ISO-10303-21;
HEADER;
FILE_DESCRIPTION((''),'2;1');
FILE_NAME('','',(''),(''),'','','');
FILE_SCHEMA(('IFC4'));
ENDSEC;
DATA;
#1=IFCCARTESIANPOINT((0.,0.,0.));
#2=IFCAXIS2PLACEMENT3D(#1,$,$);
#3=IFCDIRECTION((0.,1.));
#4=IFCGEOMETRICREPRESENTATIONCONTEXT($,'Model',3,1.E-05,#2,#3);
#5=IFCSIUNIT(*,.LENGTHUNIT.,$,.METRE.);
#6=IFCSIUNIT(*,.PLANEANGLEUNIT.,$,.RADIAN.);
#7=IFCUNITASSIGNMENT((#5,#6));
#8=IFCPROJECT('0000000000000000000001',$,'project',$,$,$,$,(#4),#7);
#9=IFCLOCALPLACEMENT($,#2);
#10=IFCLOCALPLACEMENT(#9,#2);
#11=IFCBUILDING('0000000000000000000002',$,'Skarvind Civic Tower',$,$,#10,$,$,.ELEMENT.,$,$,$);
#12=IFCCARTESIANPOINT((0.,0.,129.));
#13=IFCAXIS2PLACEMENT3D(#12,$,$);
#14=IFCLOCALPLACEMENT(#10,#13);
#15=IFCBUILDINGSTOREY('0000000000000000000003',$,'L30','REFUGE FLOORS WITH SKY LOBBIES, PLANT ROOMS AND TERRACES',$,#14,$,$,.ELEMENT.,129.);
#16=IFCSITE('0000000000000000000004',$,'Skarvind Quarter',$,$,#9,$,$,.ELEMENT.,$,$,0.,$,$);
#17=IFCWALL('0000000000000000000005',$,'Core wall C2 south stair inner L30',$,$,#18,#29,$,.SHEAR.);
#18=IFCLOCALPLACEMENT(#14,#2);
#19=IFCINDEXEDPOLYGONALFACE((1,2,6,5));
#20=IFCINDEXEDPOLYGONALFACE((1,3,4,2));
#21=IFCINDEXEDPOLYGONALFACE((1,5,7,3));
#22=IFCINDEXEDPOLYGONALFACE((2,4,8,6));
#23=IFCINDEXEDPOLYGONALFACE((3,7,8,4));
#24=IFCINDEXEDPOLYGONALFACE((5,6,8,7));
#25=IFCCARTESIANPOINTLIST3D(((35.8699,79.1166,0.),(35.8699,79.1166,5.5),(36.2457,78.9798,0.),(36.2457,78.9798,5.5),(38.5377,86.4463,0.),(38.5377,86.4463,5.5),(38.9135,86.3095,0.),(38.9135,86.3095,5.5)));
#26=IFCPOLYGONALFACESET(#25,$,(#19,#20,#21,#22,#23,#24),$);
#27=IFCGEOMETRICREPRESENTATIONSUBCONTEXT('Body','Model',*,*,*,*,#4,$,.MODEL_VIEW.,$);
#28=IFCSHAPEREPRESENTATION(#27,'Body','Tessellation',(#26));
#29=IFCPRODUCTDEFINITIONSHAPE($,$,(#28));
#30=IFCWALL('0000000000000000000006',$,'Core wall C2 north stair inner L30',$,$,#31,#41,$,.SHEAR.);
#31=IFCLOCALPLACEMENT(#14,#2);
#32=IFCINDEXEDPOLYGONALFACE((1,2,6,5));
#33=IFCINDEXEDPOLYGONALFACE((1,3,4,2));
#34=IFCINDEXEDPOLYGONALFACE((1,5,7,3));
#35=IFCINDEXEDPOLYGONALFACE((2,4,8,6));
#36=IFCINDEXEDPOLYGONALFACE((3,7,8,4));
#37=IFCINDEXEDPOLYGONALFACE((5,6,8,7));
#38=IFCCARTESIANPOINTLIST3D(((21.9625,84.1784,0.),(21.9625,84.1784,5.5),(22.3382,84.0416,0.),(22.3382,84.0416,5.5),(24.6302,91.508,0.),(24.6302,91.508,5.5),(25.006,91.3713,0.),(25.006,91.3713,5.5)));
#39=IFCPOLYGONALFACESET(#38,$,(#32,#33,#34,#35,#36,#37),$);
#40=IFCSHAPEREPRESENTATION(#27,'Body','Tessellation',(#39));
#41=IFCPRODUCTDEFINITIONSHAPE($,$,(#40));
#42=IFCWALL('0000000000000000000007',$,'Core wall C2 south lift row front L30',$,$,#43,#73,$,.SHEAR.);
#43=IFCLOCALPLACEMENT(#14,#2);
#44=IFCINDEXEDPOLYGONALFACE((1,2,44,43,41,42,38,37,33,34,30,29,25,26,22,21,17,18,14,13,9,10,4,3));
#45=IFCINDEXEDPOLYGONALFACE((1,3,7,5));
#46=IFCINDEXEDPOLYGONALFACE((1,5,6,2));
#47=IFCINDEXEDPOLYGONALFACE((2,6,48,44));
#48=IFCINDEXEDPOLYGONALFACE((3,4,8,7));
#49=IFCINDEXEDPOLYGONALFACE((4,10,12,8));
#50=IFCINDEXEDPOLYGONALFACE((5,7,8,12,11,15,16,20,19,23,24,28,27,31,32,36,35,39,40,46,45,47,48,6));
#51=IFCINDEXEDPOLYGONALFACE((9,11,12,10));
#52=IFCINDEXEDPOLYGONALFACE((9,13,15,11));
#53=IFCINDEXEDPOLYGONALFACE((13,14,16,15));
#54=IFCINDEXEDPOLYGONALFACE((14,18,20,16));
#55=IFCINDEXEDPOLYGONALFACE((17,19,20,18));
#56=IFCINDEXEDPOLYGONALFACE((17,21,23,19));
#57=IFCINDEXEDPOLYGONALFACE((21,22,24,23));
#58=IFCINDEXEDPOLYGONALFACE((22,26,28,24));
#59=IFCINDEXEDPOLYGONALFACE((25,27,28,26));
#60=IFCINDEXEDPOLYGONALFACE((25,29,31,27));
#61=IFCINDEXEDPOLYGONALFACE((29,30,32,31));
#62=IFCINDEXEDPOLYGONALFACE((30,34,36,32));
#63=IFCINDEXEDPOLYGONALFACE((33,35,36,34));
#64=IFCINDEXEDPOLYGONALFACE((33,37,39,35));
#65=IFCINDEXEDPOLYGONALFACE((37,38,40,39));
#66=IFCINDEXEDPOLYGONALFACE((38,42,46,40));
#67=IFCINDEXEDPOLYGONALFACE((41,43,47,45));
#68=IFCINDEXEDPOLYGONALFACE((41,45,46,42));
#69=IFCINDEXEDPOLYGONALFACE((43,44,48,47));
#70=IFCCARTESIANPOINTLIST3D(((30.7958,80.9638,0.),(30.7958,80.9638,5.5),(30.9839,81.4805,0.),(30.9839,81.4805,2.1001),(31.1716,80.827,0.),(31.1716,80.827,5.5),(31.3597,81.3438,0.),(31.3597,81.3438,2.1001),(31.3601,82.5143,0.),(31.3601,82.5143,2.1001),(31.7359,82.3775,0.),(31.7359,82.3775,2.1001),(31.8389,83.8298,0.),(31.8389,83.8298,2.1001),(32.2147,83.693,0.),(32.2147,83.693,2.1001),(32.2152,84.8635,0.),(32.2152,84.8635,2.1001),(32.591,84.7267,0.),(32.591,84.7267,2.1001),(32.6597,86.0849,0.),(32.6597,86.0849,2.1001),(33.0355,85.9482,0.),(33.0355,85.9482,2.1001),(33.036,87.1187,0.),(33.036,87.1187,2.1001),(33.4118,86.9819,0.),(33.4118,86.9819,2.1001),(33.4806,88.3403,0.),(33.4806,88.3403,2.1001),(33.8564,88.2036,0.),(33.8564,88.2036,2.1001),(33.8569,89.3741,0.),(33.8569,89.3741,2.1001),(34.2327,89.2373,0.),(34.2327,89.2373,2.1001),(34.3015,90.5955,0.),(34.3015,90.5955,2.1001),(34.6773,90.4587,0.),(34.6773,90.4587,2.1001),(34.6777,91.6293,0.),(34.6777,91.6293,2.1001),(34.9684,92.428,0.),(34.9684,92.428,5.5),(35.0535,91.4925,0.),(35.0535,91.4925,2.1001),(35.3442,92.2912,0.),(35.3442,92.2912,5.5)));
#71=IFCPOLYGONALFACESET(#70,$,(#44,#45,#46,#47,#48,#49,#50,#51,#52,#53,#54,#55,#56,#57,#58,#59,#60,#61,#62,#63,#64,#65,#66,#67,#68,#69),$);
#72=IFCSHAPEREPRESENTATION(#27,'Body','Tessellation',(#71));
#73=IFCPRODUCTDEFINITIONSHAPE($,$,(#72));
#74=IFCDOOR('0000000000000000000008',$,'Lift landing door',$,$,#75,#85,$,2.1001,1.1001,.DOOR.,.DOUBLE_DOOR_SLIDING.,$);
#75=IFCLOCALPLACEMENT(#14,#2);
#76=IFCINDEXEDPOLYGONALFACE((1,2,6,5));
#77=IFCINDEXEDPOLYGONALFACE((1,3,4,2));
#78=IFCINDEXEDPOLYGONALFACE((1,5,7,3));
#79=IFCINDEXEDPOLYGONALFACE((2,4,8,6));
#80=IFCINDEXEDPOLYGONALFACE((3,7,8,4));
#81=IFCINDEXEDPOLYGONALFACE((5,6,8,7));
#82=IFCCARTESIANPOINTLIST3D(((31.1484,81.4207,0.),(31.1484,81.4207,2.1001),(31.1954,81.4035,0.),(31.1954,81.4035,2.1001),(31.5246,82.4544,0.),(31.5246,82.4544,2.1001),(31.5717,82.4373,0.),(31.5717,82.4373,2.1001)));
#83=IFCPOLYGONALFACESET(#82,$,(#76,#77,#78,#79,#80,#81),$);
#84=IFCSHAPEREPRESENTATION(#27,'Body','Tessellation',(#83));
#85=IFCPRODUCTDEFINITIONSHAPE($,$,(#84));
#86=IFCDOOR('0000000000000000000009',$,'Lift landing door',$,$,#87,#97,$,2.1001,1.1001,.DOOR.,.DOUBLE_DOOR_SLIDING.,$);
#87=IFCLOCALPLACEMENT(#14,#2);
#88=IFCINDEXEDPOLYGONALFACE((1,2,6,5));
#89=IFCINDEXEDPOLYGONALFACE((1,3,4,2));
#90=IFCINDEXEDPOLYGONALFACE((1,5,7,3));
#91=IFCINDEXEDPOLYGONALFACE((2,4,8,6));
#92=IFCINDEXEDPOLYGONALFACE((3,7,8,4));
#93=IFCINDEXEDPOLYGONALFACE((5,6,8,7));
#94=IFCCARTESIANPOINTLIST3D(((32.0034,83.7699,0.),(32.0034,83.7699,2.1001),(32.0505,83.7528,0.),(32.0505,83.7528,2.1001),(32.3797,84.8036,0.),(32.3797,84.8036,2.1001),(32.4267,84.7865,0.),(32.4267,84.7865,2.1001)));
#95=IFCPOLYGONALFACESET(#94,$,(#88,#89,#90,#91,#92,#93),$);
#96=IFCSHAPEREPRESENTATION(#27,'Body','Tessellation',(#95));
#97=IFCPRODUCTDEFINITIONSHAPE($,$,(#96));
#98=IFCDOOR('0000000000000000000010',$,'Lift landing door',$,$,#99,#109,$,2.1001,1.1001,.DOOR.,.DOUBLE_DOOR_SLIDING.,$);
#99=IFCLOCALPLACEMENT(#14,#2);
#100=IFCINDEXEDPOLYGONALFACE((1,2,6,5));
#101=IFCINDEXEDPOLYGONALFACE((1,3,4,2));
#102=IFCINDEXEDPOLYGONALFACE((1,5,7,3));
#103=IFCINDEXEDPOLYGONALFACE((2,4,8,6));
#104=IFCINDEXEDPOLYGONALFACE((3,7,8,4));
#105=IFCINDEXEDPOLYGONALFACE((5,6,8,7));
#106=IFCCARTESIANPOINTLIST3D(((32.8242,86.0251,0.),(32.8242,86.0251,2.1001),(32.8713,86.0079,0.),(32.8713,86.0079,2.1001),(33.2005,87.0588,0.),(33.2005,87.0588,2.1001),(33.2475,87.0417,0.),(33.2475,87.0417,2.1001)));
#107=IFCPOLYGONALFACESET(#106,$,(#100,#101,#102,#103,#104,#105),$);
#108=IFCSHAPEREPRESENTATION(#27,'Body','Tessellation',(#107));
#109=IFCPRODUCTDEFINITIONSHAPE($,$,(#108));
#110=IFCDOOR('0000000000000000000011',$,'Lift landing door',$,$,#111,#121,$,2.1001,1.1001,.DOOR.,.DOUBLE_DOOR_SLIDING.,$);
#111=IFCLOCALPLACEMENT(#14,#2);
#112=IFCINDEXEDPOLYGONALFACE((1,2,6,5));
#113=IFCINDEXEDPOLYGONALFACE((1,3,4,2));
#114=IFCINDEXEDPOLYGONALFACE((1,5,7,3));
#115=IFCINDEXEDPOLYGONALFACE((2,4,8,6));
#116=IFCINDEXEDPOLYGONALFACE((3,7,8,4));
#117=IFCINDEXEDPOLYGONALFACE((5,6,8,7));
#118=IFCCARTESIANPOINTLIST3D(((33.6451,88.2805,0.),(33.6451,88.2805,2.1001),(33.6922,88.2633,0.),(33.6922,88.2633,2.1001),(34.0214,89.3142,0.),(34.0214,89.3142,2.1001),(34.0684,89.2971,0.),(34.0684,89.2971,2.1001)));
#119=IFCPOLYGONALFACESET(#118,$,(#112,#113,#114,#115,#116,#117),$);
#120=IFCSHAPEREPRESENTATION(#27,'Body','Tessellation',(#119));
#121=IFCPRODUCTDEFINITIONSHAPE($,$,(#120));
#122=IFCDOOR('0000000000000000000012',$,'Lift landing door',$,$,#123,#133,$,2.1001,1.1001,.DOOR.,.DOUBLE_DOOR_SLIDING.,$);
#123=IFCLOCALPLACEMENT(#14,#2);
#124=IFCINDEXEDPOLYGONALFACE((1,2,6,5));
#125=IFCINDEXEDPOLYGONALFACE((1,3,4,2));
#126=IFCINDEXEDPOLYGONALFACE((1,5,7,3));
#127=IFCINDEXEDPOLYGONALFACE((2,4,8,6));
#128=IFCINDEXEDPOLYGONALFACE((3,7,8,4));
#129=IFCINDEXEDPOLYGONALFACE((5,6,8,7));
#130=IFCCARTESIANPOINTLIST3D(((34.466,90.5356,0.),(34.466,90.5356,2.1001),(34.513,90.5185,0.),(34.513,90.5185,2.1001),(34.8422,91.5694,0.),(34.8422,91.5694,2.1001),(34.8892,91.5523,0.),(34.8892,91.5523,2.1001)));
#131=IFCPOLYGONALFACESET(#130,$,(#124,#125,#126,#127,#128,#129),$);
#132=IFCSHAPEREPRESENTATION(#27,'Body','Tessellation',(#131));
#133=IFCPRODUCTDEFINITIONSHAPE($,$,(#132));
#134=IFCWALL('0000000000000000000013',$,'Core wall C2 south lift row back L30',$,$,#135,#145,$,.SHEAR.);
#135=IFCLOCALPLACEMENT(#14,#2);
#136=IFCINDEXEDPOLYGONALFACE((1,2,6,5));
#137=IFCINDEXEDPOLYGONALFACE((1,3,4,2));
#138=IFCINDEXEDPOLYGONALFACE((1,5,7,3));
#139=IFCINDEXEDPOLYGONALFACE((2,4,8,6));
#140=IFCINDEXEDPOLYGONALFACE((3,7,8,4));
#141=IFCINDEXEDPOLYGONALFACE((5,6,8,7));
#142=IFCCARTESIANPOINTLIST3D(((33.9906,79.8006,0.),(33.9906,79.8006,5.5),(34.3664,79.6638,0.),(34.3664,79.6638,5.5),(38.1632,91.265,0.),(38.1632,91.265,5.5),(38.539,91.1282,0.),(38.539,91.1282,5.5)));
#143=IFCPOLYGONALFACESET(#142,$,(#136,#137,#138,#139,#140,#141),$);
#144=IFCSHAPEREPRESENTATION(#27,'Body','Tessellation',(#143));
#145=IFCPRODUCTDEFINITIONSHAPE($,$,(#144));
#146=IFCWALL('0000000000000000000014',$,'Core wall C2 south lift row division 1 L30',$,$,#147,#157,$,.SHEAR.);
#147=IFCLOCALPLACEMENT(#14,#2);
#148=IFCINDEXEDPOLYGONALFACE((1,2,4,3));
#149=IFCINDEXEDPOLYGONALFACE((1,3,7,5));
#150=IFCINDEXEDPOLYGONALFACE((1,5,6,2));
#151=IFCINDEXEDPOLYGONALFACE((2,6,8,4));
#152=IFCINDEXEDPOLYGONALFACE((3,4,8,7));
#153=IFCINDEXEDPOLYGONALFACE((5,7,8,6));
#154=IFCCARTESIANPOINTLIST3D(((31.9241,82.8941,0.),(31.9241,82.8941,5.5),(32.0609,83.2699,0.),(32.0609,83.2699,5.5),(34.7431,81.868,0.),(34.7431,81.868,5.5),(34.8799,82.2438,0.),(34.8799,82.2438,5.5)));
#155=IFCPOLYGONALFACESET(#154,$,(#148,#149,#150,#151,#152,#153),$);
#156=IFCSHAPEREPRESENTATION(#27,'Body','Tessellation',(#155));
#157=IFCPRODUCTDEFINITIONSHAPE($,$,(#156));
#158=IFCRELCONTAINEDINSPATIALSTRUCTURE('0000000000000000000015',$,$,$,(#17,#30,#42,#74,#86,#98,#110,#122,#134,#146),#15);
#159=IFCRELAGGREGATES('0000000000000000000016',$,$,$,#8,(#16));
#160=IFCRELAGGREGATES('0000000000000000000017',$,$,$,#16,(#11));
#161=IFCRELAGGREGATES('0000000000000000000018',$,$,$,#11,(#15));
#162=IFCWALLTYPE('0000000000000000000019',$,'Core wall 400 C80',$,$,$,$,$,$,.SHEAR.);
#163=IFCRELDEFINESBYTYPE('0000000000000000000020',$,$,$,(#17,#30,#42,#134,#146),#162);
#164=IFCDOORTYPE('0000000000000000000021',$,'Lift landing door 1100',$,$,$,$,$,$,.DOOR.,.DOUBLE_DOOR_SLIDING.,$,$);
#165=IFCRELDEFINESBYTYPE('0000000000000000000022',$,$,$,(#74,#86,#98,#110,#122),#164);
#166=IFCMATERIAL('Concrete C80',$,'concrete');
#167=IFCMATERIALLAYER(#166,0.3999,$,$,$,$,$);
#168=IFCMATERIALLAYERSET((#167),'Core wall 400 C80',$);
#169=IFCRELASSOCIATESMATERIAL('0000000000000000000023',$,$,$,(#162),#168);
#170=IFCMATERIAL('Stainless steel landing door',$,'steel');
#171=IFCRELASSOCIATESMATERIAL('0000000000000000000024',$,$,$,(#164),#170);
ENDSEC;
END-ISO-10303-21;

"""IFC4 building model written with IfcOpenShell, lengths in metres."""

from ifc_helpers import new_model, si_unit, direction, frame, frame_2d, origin, place, context, subcontext, project, spatial, rectangle, extrude, material, layer, layer_set, type_object, element, fill, save


model = new_model("IFC4")

# Units and contexts
model_context = context("Model", 3, precision=1e-05, world=origin(), true_north=direction((0.0, 1.0)))
body_context = subcontext(model_context, "Body", "Model", "MODEL_VIEW")
ifc_project = project(units=[si_unit("LENGTHUNIT", "METRE"), si_unit("PLANEANGLEUNIT", "RADIAN")], contexts=[model_context])

# Site, building, storey
site_placement = place(None, origin())
site = spatial("IfcSite", under=ifc_project, at=site_placement, Name="Skarvind Quarter", CompositionType="ELEMENT", RefElevation=0.0)
building_placement = place(site_placement, origin())
building = spatial("IfcBuilding", under=site, at=building_placement, Name="Skarvind Civic Tower", CompositionType="ELEMENT")
storey_placement = place(building_placement, frame((0.0, 0.0, 129.0)))
storey = spatial("IfcBuildingStorey", under=building, at=storey_placement, Name="L30", Description="REFUGE FLOORS WITH SKY LOBBIES, PLANT ROOMS AND TERRACES", CompositionType="ELEMENT", Elevation=129.0)

# Walls
ifc_material_1 = material(Name="Concrete C80", Category="concrete")
ifc_layer_1 = layer(ifc_material_1, 0.3999)
ifc_layer_set_1 = layer_set([ifc_layer_1], Name="Core wall 400 C80")
wall_type_1 = type_object("IfcWallType", Name="Core wall 400 C80", PredefinedType="SHEAR", material=ifc_layer_set_1)
for number, where, z_axis, x_axis, name in (
    (1, (36.0579, 79.0483, 0.0), (0.0, 0.0, 1.0), (0.342017, 0.939694, 0.0), "Core wall C2 south stair inner L30"),
    (2, (22.1504, 84.1101, 0.0), (0.0, 0.0, 1.0), (0.342017, 0.939694, 0.0), "Core wall C2 north stair inner L30"),
):
    element("IfcWall", number, at=place(storey_placement, frame(where, z_axis=z_axis, x_axis=x_axis)), inside=storey, type_object=wall_type_1, Name=name, PredefinedType="SHEAR", context=body_context, shape_type="SweptSolid", body=[
        extrude(rectangle(XDim=7.8, YDim=0.3999, at=frame_2d((3.8999, 0.0))), origin(), (0.0, 0.0, 1.0), 5.5),
    ])

# Wall, openings, doors
wall_1_placement = place(storey_placement, frame((30.9836, 80.8953, 0.0), z_axis=(0.0, 0.0, 1.0), x_axis=(0.342021, 0.939692, 0.0)))
wall_1 = element("IfcWall", 3, at=wall_1_placement, inside=storey, type_object=wall_type_1, Name="Core wall C2 south lift row front L30", PredefinedType="SHEAR", context=body_context, shape_type="SweptSolid", body=[
    extrude(rectangle(XDim=12.2, YDim=0.3999, at=frame_2d((6.1001, 0.0))), origin(), (0.0, 0.0, 1.0), 5.5),
])
opening_1_placement = place(wall_1_placement, frame((0.55, 0.0, 0.0)))
opening_1 = element("IfcOpeningElement", 4, at=opening_1_placement, cuts=wall_1, PredefinedType="OPENING", context=body_context, shape_type="SweptSolid", body=[
    extrude(rectangle(XDim=1.1001, YDim=2.1001, at=frame_2d((0.55, 1.05))), frame((0.0, 0.21, 0.0), z_axis=(0.0, -1.0, 0.0), x_axis=(1.0, 0.0, 0.0)), (0.0, 0.0, 1.0), 0.4199),
])
opening_2_placement = place(wall_1_placement, frame((3.05, 0.0, 0.0)))
opening_2 = element("IfcOpeningElement", 5, at=opening_2_placement, cuts=wall_1, PredefinedType="OPENING", context=body_context, shape_type="SweptSolid", body=[
    extrude(rectangle(XDim=1.1001, YDim=2.1001, at=frame_2d((0.55, 1.05))), frame((0.0, 0.21, 0.0), z_axis=(0.0, -1.0, 0.0), x_axis=(1.0, 0.0, 0.0)), (0.0, 0.0, 1.0), 0.4199),
])
opening_3_placement = place(wall_1_placement, frame((5.45, 0.0, 0.0)))
opening_3 = element("IfcOpeningElement", 6, at=opening_3_placement, cuts=wall_1, PredefinedType="OPENING", context=body_context, shape_type="SweptSolid", body=[
    extrude(rectangle(XDim=1.1001, YDim=2.1001, at=frame_2d((0.55, 1.05))), frame((0.0, 0.21, 0.0), z_axis=(0.0, -1.0, 0.0), x_axis=(1.0, 0.0, 0.0)), (0.0, 0.0, 1.0), 0.4199),
])
opening_4_placement = place(wall_1_placement, frame((7.8501, 0.0, 0.0)))
opening_4 = element("IfcOpeningElement", 7, at=opening_4_placement, cuts=wall_1, PredefinedType="OPENING", context=body_context, shape_type="SweptSolid", body=[
    extrude(rectangle(XDim=1.1001, YDim=2.1001, at=frame_2d((0.55, 1.05))), frame((0.0, 0.21, 0.0), z_axis=(0.0, -1.0, 0.0), x_axis=(1.0, 0.0, 0.0)), (0.0, 0.0, 1.0), 0.4199),
])
opening_5_placement = place(wall_1_placement, frame((10.25, 0.0, 0.0)))
opening_5 = element("IfcOpeningElement", 8, at=opening_5_placement, cuts=wall_1, PredefinedType="OPENING", context=body_context, shape_type="SweptSolid", body=[
    extrude(rectangle(XDim=1.1001, YDim=2.1001, at=frame_2d((0.55, 1.05))), frame((0.0, 0.21, 0.0), z_axis=(0.0, -1.0, 0.0), x_axis=(1.0, 0.0, 0.0)), (0.0, 0.0, 1.0), 0.4199),
])
ifc_material_2 = material(Name="Stainless steel landing door", Category="steel")
door_type = type_object("IfcDoorType", Name="Lift landing door 1100", OperationType="DOUBLE_DOOR_SLIDING", PredefinedType="DOOR", material=ifc_material_2)
door_1_placement = place(opening_1_placement, origin())
door_1 = element("IfcDoor", 9, at=door_1_placement, inside=storey, type_object=door_type, Name="Lift landing door", OperationType="DOUBLE_DOOR_SLIDING", OverallHeight=2.1001, OverallWidth=1.1001, PredefinedType="DOOR", context=body_context, shape_type="SweptSolid", body=[
    extrude(rectangle(XDim=1.1001, YDim=2.1001, at=frame_2d((0.55, 1.05))), frame((0.0, 0.0249, 0.0), z_axis=(0.0, -1.0, 0.0), x_axis=(1.0, 0.0, 0.0)), (0.0, 0.0, 1.0), 0.05),
])
fill(opening_1, door_1)
door_2_placement = place(opening_2_placement, origin())
door_2 = element("IfcDoor", 10, at=door_2_placement, inside=storey, type_object=door_type, Name="Lift landing door", OperationType="DOUBLE_DOOR_SLIDING", OverallHeight=2.1001, OverallWidth=1.1001, PredefinedType="DOOR", context=body_context, shape_type="SweptSolid", body=[
    extrude(rectangle(XDim=1.1001, YDim=2.1001, at=frame_2d((0.55, 1.05))), frame((0.0, 0.0249, 0.0), z_axis=(0.0, -1.0, 0.0), x_axis=(1.0, 0.0, 0.0)), (0.0, 0.0, 1.0), 0.05),
])
fill(opening_2, door_2)
door_3_placement = place(opening_3_placement, origin())
door_3 = element("IfcDoor", 11, at=door_3_placement, inside=storey, type_object=door_type, Name="Lift landing door", OperationType="DOUBLE_DOOR_SLIDING", OverallHeight=2.1001, OverallWidth=1.1001, PredefinedType="DOOR", context=body_context, shape_type="SweptSolid", body=[
    extrude(rectangle(XDim=1.1001, YDim=2.1001, at=frame_2d((0.55, 1.05))), frame((0.0, 0.0249, 0.0), z_axis=(0.0, -1.0, 0.0), x_axis=(1.0, 0.0, 0.0)), (0.0, 0.0, 1.0), 0.05),
])
fill(opening_3, door_3)
door_4_placement = place(opening_4_placement, origin())
door_4 = element("IfcDoor", 12, at=door_4_placement, inside=storey, type_object=door_type, Name="Lift landing door", OperationType="DOUBLE_DOOR_SLIDING", OverallHeight=2.1001, OverallWidth=1.1001, PredefinedType="DOOR", context=body_context, shape_type="SweptSolid", body=[
    extrude(rectangle(XDim=1.1001, YDim=2.1001, at=frame_2d((0.55, 1.05))), frame((0.0, 0.0249, 0.0), z_axis=(0.0, -1.0, 0.0), x_axis=(1.0, 0.0, 0.0)), (0.0, 0.0, 1.0), 0.05),
])
fill(opening_4, door_4)
door_5_placement = place(opening_5_placement, origin())
door_5 = element("IfcDoor", 13, at=door_5_placement, inside=storey, type_object=door_type, Name="Lift landing door", OperationType="DOUBLE_DOOR_SLIDING", OverallHeight=2.1001, OverallWidth=1.1001, PredefinedType="DOOR", context=body_context, shape_type="SweptSolid", body=[
    extrude(rectangle(XDim=1.1001, YDim=2.1001, at=frame_2d((0.55, 1.05))), frame((0.0, 0.0249, 0.0), z_axis=(0.0, -1.0, 0.0), x_axis=(1.0, 0.0, 0.0)), (0.0, 0.0, 1.0), 0.05),
])
fill(opening_5, door_5)

# Walls
wall_2_placement = place(storey_placement, frame((34.1785, 79.7322, 0.0), z_axis=(0.0, 0.0, 1.0), x_axis=(0.342015, 0.939695, 0.0)))
element("IfcWall", 14, at=wall_2_placement, inside=storey, type_object=wall_type_1, Name="Core wall C2 south lift row back L30", PredefinedType="SHEAR", context=body_context, shape_type="SweptSolid", body=[
    extrude(rectangle(XDim=12.2002, YDim=0.3999, at=frame_2d((6.1001, 0.0))), origin(), (0.0, 0.0, 1.0), 5.5),
])
wall_3_placement = place(storey_placement, frame((34.8115, 82.0559, 0.0), z_axis=(0.0, 0.0, 1.0), x_axis=(-0.939686, 0.342037, 0.0)))
element("IfcWall", 15, at=wall_3_placement, inside=storey, type_object=wall_type_1, Name="Core wall C2 south lift row division 1 L30", PredefinedType="SHEAR", context=body_context, shape_type="SweptSolid", body=[
    extrude(rectangle(XDim=3.0, YDim=0.3999, at=frame_2d((1.5, 0.0))), origin(), (0.0, 0.0, 1.0), 5.5),
])

save(model, "model.ifc")
